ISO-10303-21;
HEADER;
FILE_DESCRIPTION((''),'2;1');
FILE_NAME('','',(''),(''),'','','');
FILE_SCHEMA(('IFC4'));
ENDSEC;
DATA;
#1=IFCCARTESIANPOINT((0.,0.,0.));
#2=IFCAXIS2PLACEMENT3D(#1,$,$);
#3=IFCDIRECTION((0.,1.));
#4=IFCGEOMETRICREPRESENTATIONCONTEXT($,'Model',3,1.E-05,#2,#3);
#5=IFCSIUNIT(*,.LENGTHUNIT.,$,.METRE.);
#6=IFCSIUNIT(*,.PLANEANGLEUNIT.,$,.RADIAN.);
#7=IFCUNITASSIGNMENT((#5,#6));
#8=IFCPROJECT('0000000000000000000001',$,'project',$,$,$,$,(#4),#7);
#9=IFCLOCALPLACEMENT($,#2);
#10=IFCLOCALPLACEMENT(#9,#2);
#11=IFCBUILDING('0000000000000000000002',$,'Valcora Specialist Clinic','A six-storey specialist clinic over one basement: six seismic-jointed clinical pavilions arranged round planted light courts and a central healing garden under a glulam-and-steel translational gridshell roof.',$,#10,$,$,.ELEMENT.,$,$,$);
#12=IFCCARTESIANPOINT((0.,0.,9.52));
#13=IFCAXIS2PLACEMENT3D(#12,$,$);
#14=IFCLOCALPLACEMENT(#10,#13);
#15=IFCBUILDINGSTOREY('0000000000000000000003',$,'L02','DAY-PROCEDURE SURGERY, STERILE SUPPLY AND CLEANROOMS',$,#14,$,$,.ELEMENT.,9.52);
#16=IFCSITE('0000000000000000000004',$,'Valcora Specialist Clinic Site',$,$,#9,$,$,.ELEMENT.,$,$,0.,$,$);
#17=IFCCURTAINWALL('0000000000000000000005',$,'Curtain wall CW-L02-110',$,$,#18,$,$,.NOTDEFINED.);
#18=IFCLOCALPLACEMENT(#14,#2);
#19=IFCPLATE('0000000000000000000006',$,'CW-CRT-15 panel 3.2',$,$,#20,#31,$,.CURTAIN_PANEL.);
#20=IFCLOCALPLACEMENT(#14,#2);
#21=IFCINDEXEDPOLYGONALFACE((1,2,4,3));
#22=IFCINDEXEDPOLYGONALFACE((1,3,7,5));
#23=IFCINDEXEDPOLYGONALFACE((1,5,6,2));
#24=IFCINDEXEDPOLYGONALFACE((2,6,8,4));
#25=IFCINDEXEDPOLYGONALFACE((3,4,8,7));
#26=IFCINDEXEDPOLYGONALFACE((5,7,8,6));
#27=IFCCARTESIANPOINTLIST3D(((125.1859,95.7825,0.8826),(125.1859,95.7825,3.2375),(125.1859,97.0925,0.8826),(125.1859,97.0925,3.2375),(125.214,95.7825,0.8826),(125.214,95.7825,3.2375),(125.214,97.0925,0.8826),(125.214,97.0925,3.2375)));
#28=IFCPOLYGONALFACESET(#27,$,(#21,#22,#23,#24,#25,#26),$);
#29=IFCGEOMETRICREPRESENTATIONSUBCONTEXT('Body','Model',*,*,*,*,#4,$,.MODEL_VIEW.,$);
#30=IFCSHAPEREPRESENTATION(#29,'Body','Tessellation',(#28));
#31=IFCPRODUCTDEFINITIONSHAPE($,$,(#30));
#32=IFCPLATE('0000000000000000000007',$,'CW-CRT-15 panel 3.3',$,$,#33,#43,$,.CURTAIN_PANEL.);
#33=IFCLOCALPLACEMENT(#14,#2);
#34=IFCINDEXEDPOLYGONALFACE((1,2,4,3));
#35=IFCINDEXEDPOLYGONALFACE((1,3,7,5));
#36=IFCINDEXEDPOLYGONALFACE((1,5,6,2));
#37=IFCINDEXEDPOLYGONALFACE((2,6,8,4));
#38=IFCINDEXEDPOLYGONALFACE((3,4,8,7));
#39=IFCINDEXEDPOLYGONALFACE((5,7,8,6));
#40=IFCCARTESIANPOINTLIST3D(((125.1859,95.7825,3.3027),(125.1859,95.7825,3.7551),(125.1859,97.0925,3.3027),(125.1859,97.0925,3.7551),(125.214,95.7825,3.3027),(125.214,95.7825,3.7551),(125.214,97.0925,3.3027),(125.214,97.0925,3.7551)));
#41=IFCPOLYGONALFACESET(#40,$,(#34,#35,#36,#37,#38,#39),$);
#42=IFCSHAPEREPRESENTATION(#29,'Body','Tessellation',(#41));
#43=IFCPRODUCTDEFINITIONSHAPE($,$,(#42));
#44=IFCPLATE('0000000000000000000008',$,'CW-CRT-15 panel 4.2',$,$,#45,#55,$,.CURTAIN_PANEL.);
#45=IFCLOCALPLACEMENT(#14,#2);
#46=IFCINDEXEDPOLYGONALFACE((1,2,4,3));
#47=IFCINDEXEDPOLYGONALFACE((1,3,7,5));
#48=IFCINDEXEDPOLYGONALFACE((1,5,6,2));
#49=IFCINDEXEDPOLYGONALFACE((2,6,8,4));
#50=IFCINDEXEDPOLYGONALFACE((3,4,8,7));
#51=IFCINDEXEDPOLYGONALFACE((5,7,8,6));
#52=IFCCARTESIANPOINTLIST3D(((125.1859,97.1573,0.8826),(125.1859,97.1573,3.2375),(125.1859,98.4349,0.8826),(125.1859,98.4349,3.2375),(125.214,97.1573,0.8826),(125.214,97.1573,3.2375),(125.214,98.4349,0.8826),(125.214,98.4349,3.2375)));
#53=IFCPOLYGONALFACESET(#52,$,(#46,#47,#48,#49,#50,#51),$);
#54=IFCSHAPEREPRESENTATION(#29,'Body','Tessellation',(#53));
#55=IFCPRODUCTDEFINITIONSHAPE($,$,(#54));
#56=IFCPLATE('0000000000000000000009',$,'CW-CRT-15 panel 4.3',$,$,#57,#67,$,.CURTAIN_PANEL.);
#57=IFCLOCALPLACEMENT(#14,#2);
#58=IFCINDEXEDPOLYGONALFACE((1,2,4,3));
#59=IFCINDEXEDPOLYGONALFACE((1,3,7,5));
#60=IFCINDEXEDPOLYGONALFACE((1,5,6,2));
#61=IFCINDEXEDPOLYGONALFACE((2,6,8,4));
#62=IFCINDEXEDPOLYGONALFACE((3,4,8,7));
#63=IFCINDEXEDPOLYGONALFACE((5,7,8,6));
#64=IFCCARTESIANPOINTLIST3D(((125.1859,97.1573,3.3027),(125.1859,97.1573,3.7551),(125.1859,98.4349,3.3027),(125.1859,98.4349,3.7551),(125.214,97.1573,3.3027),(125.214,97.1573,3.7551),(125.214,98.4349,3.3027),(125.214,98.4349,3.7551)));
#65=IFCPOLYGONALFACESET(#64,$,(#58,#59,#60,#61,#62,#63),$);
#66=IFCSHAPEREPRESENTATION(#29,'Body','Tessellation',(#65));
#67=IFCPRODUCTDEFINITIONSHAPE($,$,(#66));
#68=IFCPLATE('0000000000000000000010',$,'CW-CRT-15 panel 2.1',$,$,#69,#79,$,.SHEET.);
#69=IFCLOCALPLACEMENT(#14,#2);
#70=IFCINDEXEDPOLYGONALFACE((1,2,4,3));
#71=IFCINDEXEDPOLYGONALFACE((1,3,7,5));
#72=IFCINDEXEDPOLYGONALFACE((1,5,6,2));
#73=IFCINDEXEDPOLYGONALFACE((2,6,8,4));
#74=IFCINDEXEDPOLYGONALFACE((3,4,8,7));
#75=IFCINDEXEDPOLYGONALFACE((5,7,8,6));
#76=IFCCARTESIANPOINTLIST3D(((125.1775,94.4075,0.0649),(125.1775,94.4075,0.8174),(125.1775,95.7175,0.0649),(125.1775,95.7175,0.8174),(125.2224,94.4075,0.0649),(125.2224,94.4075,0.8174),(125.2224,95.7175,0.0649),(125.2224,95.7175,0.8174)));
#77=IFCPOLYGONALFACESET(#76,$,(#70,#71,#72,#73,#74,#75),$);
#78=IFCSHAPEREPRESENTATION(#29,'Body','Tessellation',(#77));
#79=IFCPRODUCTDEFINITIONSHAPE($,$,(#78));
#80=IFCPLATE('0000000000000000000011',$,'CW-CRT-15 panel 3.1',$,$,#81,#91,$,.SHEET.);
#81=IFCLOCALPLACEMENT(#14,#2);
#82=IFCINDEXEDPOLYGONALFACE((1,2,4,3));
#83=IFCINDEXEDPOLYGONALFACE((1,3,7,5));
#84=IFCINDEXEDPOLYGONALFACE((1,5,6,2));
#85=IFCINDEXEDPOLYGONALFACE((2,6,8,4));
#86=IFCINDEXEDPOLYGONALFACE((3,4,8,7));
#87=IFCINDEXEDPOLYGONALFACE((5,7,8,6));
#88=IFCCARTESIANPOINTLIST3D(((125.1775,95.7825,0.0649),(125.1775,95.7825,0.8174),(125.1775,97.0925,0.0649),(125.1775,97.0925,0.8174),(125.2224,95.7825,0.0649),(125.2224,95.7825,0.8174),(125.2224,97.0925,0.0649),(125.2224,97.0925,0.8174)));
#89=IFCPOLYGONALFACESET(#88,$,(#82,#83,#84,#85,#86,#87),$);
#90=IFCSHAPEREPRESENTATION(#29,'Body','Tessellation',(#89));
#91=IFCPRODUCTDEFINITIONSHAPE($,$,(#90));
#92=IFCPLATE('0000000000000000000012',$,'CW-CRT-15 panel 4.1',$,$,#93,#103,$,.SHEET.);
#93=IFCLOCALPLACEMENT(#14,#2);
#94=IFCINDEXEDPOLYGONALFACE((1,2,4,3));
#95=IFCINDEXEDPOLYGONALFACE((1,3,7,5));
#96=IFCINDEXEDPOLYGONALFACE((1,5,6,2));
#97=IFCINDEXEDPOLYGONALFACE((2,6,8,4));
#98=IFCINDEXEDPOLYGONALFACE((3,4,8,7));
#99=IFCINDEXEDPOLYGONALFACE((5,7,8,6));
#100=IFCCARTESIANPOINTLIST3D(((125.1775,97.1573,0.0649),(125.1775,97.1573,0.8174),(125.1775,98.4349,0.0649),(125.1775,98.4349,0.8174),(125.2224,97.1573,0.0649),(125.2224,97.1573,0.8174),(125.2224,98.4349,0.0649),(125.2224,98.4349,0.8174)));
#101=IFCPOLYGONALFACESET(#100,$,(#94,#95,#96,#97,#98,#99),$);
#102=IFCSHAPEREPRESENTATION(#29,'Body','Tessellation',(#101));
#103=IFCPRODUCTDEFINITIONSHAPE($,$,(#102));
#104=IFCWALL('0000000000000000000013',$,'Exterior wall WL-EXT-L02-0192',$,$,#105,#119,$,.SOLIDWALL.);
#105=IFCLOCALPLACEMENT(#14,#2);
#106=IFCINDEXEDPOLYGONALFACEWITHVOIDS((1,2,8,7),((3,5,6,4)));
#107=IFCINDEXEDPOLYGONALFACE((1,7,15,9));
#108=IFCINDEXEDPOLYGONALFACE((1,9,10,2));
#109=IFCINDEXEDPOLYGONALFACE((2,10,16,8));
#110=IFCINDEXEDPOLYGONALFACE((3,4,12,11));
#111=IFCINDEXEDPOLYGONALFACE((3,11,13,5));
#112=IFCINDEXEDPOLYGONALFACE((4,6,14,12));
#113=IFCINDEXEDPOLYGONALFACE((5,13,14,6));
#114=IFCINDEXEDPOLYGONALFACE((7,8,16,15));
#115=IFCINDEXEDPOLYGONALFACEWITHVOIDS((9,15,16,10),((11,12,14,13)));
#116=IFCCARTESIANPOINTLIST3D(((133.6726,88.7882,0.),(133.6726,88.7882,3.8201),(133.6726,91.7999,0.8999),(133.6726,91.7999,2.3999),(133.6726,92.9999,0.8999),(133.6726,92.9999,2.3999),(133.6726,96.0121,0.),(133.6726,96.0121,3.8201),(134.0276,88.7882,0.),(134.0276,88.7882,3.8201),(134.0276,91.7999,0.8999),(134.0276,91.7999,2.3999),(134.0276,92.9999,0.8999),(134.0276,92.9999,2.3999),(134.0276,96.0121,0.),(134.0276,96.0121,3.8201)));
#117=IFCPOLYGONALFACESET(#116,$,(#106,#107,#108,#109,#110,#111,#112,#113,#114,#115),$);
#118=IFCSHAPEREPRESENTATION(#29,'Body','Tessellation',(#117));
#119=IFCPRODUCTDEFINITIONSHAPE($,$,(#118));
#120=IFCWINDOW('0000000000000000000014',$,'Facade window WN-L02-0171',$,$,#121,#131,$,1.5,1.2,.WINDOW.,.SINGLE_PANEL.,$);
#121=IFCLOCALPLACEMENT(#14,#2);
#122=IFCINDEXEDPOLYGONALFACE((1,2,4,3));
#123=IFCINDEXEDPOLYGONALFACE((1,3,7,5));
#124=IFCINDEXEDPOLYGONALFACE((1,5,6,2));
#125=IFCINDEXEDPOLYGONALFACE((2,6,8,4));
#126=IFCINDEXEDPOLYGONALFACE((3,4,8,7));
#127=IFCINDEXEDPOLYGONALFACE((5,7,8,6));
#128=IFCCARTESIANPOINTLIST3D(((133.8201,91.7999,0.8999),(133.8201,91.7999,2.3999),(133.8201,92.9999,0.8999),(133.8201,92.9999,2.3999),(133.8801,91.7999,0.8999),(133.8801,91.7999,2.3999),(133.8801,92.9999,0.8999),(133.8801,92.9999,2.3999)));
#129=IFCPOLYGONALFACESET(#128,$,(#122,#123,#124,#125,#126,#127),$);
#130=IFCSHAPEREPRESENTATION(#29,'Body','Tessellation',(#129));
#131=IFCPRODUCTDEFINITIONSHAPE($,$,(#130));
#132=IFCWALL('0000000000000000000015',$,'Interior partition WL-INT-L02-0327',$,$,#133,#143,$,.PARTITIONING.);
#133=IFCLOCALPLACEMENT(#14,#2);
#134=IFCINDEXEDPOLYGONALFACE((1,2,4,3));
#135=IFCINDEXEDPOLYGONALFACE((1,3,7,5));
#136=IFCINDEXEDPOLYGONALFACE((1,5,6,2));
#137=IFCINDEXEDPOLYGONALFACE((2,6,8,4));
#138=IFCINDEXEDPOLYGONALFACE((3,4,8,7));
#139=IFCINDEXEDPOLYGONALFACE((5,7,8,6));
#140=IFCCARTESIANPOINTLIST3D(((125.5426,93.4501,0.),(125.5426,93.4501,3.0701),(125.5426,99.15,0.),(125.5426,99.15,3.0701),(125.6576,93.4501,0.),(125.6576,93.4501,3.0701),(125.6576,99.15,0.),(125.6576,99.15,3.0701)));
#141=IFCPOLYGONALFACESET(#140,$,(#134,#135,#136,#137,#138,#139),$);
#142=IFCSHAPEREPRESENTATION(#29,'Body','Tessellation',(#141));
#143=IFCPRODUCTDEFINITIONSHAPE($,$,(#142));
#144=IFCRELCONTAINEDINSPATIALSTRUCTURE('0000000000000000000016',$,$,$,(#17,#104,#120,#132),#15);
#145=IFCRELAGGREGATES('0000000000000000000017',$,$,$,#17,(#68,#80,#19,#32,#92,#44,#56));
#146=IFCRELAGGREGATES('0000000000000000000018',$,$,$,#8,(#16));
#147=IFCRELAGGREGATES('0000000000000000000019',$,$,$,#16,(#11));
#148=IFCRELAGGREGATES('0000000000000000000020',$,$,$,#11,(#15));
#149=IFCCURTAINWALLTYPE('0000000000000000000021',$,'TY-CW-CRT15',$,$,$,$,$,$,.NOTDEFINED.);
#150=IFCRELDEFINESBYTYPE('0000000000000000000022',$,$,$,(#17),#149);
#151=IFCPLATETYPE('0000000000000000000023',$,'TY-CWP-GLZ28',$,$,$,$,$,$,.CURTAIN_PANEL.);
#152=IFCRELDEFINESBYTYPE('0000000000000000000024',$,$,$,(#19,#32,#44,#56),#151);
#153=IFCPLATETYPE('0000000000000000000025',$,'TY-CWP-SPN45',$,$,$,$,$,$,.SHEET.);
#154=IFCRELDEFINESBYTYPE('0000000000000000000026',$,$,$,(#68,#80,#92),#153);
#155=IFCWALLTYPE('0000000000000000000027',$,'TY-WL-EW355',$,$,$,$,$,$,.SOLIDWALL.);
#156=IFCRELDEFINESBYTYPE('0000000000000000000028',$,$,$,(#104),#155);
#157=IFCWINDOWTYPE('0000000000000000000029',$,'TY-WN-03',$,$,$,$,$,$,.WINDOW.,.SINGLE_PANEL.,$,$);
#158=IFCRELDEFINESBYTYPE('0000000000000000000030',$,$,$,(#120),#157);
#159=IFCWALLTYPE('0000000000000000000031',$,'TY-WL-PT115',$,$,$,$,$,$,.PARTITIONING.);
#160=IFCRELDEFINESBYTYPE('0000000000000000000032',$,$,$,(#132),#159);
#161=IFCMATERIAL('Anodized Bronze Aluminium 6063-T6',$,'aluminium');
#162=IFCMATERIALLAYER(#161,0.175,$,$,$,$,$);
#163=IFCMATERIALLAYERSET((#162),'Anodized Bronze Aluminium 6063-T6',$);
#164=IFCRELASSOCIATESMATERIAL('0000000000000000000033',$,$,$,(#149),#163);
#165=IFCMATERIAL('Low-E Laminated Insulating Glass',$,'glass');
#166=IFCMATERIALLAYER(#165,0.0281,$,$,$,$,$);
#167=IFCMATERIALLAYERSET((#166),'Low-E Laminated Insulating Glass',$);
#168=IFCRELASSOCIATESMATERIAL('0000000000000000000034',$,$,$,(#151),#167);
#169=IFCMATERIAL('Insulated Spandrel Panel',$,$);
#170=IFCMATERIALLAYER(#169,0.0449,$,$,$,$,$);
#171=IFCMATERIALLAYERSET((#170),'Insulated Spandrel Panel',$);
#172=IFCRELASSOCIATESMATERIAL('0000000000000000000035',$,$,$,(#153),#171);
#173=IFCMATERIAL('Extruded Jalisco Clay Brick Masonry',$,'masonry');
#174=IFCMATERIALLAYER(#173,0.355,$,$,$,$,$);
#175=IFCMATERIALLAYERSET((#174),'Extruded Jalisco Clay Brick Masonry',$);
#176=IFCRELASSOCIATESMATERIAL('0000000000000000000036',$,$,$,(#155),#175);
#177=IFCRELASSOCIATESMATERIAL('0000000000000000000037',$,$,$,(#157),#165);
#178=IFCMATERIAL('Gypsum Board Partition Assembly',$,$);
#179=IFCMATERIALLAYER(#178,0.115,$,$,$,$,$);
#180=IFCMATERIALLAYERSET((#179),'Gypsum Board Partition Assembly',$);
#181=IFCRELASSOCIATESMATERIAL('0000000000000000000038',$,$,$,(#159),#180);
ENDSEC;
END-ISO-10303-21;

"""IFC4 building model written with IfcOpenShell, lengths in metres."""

from ifc_helpers import new_model, si_unit, direction, frame, frame_2d, origin, origin_2d, place, context, subcontext, project, spatial, rectangle, extrude, material, layer, layer_set, type_object, element, fill, aggregate, save


model = new_model("IFC4")

# Units and contexts
model_context = context("Model", 3, precision=1e-05, world=origin(), true_north=direction((0.0, 1.0)))
body_context = subcontext(model_context, "Body", "Model", "MODEL_VIEW")
ifc_project = project(units=[si_unit("LENGTHUNIT", "METRE"), si_unit("PLANEANGLEUNIT", "RADIAN")], contexts=[model_context])

# Site, building, storey
site_placement = place(None, origin())
site = spatial("IfcSite", under=ifc_project, at=site_placement, Name="Valcora Specialist Clinic Site", CompositionType="ELEMENT", RefElevation=0.0)
building_placement = place(site_placement, origin())
building = spatial("IfcBuilding", under=site, at=building_placement, Name="Valcora Specialist Clinic", Description="A six-storey specialist clinic over one basement: six seismic-jointed clinical pavilions arranged round planted light courts and a central healing garden under a glulam-and-steel translational gridshell roof.", CompositionType="ELEMENT")
storey_placement = place(building_placement, frame((0.0, 0.0, 9.52)))
storey = spatial("IfcBuildingStorey", under=building, at=storey_placement, Name="L02", Description="DAY-PROCEDURE SURGERY, STERILE SUPPLY AND CLEANROOMS", CompositionType="ELEMENT", Elevation=9.52)

# Curtain wall, plates
ifc_material_1 = material(Name="Anodized Bronze Aluminium 6063-T6", Category="aluminium")
ifc_layer_1 = layer(ifc_material_1, 0.175)
ifc_layer_set_1 = layer_set([ifc_layer_1], Name="Anodized Bronze Aluminium 6063-T6")
curtain_wall_type = type_object("IfcCurtainWallType", Name="TY-CW-CRT15", PredefinedType="NOTDEFINED", material=ifc_layer_set_1)
curtain_wall_placement = place(storey_placement, origin())
curtain_wall = element("IfcCurtainWall", 1, at=curtain_wall_placement, inside=storey, type_object=curtain_wall_type, Name="Curtain wall CW-L02-110", PredefinedType="NOTDEFINED")
ifc_material_2 = material(Name="Low-E Laminated Insulating Glass", Category="glass")
ifc_layer_2 = layer(ifc_material_2, 0.0281)
ifc_layer_set_2 = layer_set([ifc_layer_2], Name="Low-E Laminated Insulating Glass")
plate_type_1 = type_object("IfcPlateType", Name="TY-CWP-GLZ28", PredefinedType="CURTAIN_PANEL", material=ifc_layer_set_2)
plate_1_placement = place(storey_placement, frame((125.2, 96.4375, 0.8826), z_axis=(0.0, 0.0, 1.0), x_axis=(0.0, 1.0, 0.0)))
plate_1 = element("IfcPlate", 2, at=plate_1_placement, type_object=plate_type_1, Name="CW-CRT-15 panel 3.2", PredefinedType="CURTAIN_PANEL", context=body_context, shape_type="SweptSolid", body=[
    extrude(rectangle(XDim=1.3101, YDim=0.0281, at=origin_2d()), origin(), (0.0, 0.0, 1.0), 2.355),
])
plate_2_placement = place(storey_placement, frame((125.2, 96.4375, 3.3027), z_axis=(0.0, 0.0, 1.0), x_axis=(0.0, 1.0, 0.0)))
plate_2 = element("IfcPlate", 3, at=plate_2_placement, type_object=plate_type_1, Name="CW-CRT-15 panel 3.3", PredefinedType="CURTAIN_PANEL", context=body_context, shape_type="SweptSolid", body=[
    extrude(rectangle(XDim=1.3101, YDim=0.0281, at=origin_2d()), origin(), (0.0, 0.0, 1.0), 0.4524),
])
plate_3_placement = place(storey_placement, frame((125.2, 97.7961, 0.8826), z_axis=(0.0, 0.0, 1.0), x_axis=(0.0, 1.0, 0.0)))
plate_3 = element("IfcPlate", 4, at=plate_3_placement, type_object=plate_type_1, Name="CW-CRT-15 panel 4.2", PredefinedType="CURTAIN_PANEL", context=body_context, shape_type="SweptSolid", body=[
    extrude(rectangle(XDim=1.2776, YDim=0.0281, at=origin_2d()), origin(), (0.0, 0.0, 1.0), 2.355),
])
plate_4_placement = place(storey_placement, frame((125.2, 97.7961, 3.3027), z_axis=(0.0, 0.0, 1.0), x_axis=(0.0, 1.0, 0.0)))
plate_4 = element("IfcPlate", 5, at=plate_4_placement, type_object=plate_type_1, Name="CW-CRT-15 panel 4.3", PredefinedType="CURTAIN_PANEL", context=body_context, shape_type="SweptSolid", body=[
    extrude(rectangle(XDim=1.2776, YDim=0.0281, at=origin_2d()), origin(), (0.0, 0.0, 1.0), 0.4524),
])
ifc_material_3 = material(Name="Insulated Spandrel Panel")
ifc_layer_3 = layer(ifc_material_3, 0.0449)
ifc_layer_set_3 = layer_set([ifc_layer_3], Name="Insulated Spandrel Panel")
plate_type_2 = type_object("IfcPlateType", Name="TY-CWP-SPN45", PredefinedType="SHEET", material=ifc_layer_set_3)
plate_5_placement = place(storey_placement, frame((125.2, 95.0625, 0.0649), z_axis=(0.0, 0.0, 1.0), x_axis=(0.0, 1.0, 0.0)))
plate_5 = element("IfcPlate", 6, at=plate_5_placement, type_object=plate_type_2, Name="CW-CRT-15 panel 2.1", PredefinedType="SHEET", context=body_context, shape_type="SweptSolid", body=[
    extrude(rectangle(XDim=1.3101, YDim=0.0449, at=origin_2d()), origin(), (0.0, 0.0, 1.0), 0.7524),
])
plate_6_placement = place(storey_placement, frame((125.2, 96.4375, 0.0649), z_axis=(0.0, 0.0, 1.0), x_axis=(0.0, 1.0, 0.0)))
plate_6 = element("IfcPlate", 7, at=plate_6_placement, type_object=plate_type_2, Name="CW-CRT-15 panel 3.1", PredefinedType="SHEET", context=body_context, shape_type="SweptSolid", body=[
    extrude(rectangle(XDim=1.3101, YDim=0.0449, at=origin_2d()), origin(), (0.0, 0.0, 1.0), 0.7524),
])
plate_7_placement = place(storey_placement, frame((125.2, 97.7961, 0.0649), z_axis=(0.0, 0.0, 1.0), x_axis=(0.0, 1.0, 0.0)))
plate_7 = element("IfcPlate", 8, at=plate_7_placement, type_object=plate_type_2, Name="CW-CRT-15 panel 4.1", PredefinedType="SHEET", context=body_context, shape_type="SweptSolid", body=[
    extrude(rectangle(XDim=1.2776, YDim=0.0449, at=origin_2d()), origin(), (0.0, 0.0, 1.0), 0.7524),
])
aggregate(curtain_wall, [plate_5, plate_6, plate_1, plate_2, plate_7, plate_3, plate_4])

# Wall, opening, window
ifc_material_4 = material(Name="Extruded Jalisco Clay Brick Masonry", Category="masonry")
ifc_layer_4 = layer(ifc_material_4, 0.355)
ifc_layer_set_4 = layer_set([ifc_layer_4], Name="Extruded Jalisco Clay Brick Masonry")
wall_type_1 = type_object("IfcWallType", Name="TY-WL-EW355", PredefinedType="SOLIDWALL", material=ifc_layer_set_4)
wall_1_placement = place(storey_placement, frame((133.8501, 96.012, 0.0), z_axis=(0.0, 0.0, 1.0), x_axis=(0.0, -1.0, 0.0)))
wall_1 = element("IfcWall", 9, at=wall_1_placement, inside=storey, type_object=wall_type_1, Name="Exterior wall WL-EXT-L02-0192", PredefinedType="SOLIDWALL", context=body_context, shape_type="SweptSolid", body=[
    extrude(rectangle(XDim=7.2239, YDim=0.355, at=frame_2d((3.6118, 0.0))), origin(), (0.0, 0.0, 1.0), 3.8201),
])
opening_placement = place(wall_1_placement, frame((3.012, 0.0, 0.8999)))
opening = element("IfcOpeningElement", 10, at=opening_placement, cuts=wall_1, PredefinedType="OPENING", context=body_context, shape_type="SweptSolid", body=[
    extrude(rectangle(XDim=1.2, YDim=1.5, at=frame_2d((0.6001, 0.75))), frame((0.0, 0.1875, 0.0), z_axis=(0.0, -1.0, 0.0), x_axis=(1.0, 0.0, 0.0)), (0.0, 0.0, 1.0), 0.375),
])
window_type = type_object("IfcWindowType", Name="TY-WN-03", PartitioningType="SINGLE_PANEL", PredefinedType="WINDOW", material=ifc_material_2)
window_placement = place(opening_placement, origin())
window = element("IfcWindow", 11, at=window_placement, inside=storey, type_object=window_type, Name="Facade window WN-L02-0171", OverallHeight=1.5, OverallWidth=1.2, PartitioningType="SINGLE_PANEL", PredefinedType="WINDOW", context=body_context, shape_type="SweptSolid", body=[
    extrude(rectangle(XDim=1.2, YDim=1.5, at=frame_2d((0.6001, 0.75))), frame((0.0, 0.03, 0.0), z_axis=(0.0, -1.0, 0.0), x_axis=(1.0, 0.0, 0.0)), (0.0, 0.0, 1.0), 0.0601),
])
fill(opening, window)

# Wall
ifc_material_5 = material(Name="Gypsum Board Partition Assembly")
ifc_layer_5 = layer(ifc_material_5, 0.115)
ifc_layer_set_5 = layer_set([ifc_layer_5], Name="Gypsum Board Partition Assembly")
wall_type_2 = type_object("IfcWallType", Name="TY-WL-PT115", PredefinedType="PARTITIONING", material=ifc_layer_set_5)
wall_2_placement = place(storey_placement, frame((125.6001, 93.45, 0.0), z_axis=(0.0, 0.0, 1.0), x_axis=(0.0, 1.0, 0.0)))
element("IfcWall", 12, at=wall_2_placement, inside=storey, type_object=wall_type_2, Name="Interior partition WL-INT-L02-0327", PredefinedType="PARTITIONING", context=body_context, shape_type="SweptSolid", body=[
    extrude(rectangle(XDim=5.7, YDim=0.115, at=frame_2d((2.8501, 0.0))), origin(), (0.0, 0.0, 1.0), 3.0701),
])

save(model, "model.ifc")
